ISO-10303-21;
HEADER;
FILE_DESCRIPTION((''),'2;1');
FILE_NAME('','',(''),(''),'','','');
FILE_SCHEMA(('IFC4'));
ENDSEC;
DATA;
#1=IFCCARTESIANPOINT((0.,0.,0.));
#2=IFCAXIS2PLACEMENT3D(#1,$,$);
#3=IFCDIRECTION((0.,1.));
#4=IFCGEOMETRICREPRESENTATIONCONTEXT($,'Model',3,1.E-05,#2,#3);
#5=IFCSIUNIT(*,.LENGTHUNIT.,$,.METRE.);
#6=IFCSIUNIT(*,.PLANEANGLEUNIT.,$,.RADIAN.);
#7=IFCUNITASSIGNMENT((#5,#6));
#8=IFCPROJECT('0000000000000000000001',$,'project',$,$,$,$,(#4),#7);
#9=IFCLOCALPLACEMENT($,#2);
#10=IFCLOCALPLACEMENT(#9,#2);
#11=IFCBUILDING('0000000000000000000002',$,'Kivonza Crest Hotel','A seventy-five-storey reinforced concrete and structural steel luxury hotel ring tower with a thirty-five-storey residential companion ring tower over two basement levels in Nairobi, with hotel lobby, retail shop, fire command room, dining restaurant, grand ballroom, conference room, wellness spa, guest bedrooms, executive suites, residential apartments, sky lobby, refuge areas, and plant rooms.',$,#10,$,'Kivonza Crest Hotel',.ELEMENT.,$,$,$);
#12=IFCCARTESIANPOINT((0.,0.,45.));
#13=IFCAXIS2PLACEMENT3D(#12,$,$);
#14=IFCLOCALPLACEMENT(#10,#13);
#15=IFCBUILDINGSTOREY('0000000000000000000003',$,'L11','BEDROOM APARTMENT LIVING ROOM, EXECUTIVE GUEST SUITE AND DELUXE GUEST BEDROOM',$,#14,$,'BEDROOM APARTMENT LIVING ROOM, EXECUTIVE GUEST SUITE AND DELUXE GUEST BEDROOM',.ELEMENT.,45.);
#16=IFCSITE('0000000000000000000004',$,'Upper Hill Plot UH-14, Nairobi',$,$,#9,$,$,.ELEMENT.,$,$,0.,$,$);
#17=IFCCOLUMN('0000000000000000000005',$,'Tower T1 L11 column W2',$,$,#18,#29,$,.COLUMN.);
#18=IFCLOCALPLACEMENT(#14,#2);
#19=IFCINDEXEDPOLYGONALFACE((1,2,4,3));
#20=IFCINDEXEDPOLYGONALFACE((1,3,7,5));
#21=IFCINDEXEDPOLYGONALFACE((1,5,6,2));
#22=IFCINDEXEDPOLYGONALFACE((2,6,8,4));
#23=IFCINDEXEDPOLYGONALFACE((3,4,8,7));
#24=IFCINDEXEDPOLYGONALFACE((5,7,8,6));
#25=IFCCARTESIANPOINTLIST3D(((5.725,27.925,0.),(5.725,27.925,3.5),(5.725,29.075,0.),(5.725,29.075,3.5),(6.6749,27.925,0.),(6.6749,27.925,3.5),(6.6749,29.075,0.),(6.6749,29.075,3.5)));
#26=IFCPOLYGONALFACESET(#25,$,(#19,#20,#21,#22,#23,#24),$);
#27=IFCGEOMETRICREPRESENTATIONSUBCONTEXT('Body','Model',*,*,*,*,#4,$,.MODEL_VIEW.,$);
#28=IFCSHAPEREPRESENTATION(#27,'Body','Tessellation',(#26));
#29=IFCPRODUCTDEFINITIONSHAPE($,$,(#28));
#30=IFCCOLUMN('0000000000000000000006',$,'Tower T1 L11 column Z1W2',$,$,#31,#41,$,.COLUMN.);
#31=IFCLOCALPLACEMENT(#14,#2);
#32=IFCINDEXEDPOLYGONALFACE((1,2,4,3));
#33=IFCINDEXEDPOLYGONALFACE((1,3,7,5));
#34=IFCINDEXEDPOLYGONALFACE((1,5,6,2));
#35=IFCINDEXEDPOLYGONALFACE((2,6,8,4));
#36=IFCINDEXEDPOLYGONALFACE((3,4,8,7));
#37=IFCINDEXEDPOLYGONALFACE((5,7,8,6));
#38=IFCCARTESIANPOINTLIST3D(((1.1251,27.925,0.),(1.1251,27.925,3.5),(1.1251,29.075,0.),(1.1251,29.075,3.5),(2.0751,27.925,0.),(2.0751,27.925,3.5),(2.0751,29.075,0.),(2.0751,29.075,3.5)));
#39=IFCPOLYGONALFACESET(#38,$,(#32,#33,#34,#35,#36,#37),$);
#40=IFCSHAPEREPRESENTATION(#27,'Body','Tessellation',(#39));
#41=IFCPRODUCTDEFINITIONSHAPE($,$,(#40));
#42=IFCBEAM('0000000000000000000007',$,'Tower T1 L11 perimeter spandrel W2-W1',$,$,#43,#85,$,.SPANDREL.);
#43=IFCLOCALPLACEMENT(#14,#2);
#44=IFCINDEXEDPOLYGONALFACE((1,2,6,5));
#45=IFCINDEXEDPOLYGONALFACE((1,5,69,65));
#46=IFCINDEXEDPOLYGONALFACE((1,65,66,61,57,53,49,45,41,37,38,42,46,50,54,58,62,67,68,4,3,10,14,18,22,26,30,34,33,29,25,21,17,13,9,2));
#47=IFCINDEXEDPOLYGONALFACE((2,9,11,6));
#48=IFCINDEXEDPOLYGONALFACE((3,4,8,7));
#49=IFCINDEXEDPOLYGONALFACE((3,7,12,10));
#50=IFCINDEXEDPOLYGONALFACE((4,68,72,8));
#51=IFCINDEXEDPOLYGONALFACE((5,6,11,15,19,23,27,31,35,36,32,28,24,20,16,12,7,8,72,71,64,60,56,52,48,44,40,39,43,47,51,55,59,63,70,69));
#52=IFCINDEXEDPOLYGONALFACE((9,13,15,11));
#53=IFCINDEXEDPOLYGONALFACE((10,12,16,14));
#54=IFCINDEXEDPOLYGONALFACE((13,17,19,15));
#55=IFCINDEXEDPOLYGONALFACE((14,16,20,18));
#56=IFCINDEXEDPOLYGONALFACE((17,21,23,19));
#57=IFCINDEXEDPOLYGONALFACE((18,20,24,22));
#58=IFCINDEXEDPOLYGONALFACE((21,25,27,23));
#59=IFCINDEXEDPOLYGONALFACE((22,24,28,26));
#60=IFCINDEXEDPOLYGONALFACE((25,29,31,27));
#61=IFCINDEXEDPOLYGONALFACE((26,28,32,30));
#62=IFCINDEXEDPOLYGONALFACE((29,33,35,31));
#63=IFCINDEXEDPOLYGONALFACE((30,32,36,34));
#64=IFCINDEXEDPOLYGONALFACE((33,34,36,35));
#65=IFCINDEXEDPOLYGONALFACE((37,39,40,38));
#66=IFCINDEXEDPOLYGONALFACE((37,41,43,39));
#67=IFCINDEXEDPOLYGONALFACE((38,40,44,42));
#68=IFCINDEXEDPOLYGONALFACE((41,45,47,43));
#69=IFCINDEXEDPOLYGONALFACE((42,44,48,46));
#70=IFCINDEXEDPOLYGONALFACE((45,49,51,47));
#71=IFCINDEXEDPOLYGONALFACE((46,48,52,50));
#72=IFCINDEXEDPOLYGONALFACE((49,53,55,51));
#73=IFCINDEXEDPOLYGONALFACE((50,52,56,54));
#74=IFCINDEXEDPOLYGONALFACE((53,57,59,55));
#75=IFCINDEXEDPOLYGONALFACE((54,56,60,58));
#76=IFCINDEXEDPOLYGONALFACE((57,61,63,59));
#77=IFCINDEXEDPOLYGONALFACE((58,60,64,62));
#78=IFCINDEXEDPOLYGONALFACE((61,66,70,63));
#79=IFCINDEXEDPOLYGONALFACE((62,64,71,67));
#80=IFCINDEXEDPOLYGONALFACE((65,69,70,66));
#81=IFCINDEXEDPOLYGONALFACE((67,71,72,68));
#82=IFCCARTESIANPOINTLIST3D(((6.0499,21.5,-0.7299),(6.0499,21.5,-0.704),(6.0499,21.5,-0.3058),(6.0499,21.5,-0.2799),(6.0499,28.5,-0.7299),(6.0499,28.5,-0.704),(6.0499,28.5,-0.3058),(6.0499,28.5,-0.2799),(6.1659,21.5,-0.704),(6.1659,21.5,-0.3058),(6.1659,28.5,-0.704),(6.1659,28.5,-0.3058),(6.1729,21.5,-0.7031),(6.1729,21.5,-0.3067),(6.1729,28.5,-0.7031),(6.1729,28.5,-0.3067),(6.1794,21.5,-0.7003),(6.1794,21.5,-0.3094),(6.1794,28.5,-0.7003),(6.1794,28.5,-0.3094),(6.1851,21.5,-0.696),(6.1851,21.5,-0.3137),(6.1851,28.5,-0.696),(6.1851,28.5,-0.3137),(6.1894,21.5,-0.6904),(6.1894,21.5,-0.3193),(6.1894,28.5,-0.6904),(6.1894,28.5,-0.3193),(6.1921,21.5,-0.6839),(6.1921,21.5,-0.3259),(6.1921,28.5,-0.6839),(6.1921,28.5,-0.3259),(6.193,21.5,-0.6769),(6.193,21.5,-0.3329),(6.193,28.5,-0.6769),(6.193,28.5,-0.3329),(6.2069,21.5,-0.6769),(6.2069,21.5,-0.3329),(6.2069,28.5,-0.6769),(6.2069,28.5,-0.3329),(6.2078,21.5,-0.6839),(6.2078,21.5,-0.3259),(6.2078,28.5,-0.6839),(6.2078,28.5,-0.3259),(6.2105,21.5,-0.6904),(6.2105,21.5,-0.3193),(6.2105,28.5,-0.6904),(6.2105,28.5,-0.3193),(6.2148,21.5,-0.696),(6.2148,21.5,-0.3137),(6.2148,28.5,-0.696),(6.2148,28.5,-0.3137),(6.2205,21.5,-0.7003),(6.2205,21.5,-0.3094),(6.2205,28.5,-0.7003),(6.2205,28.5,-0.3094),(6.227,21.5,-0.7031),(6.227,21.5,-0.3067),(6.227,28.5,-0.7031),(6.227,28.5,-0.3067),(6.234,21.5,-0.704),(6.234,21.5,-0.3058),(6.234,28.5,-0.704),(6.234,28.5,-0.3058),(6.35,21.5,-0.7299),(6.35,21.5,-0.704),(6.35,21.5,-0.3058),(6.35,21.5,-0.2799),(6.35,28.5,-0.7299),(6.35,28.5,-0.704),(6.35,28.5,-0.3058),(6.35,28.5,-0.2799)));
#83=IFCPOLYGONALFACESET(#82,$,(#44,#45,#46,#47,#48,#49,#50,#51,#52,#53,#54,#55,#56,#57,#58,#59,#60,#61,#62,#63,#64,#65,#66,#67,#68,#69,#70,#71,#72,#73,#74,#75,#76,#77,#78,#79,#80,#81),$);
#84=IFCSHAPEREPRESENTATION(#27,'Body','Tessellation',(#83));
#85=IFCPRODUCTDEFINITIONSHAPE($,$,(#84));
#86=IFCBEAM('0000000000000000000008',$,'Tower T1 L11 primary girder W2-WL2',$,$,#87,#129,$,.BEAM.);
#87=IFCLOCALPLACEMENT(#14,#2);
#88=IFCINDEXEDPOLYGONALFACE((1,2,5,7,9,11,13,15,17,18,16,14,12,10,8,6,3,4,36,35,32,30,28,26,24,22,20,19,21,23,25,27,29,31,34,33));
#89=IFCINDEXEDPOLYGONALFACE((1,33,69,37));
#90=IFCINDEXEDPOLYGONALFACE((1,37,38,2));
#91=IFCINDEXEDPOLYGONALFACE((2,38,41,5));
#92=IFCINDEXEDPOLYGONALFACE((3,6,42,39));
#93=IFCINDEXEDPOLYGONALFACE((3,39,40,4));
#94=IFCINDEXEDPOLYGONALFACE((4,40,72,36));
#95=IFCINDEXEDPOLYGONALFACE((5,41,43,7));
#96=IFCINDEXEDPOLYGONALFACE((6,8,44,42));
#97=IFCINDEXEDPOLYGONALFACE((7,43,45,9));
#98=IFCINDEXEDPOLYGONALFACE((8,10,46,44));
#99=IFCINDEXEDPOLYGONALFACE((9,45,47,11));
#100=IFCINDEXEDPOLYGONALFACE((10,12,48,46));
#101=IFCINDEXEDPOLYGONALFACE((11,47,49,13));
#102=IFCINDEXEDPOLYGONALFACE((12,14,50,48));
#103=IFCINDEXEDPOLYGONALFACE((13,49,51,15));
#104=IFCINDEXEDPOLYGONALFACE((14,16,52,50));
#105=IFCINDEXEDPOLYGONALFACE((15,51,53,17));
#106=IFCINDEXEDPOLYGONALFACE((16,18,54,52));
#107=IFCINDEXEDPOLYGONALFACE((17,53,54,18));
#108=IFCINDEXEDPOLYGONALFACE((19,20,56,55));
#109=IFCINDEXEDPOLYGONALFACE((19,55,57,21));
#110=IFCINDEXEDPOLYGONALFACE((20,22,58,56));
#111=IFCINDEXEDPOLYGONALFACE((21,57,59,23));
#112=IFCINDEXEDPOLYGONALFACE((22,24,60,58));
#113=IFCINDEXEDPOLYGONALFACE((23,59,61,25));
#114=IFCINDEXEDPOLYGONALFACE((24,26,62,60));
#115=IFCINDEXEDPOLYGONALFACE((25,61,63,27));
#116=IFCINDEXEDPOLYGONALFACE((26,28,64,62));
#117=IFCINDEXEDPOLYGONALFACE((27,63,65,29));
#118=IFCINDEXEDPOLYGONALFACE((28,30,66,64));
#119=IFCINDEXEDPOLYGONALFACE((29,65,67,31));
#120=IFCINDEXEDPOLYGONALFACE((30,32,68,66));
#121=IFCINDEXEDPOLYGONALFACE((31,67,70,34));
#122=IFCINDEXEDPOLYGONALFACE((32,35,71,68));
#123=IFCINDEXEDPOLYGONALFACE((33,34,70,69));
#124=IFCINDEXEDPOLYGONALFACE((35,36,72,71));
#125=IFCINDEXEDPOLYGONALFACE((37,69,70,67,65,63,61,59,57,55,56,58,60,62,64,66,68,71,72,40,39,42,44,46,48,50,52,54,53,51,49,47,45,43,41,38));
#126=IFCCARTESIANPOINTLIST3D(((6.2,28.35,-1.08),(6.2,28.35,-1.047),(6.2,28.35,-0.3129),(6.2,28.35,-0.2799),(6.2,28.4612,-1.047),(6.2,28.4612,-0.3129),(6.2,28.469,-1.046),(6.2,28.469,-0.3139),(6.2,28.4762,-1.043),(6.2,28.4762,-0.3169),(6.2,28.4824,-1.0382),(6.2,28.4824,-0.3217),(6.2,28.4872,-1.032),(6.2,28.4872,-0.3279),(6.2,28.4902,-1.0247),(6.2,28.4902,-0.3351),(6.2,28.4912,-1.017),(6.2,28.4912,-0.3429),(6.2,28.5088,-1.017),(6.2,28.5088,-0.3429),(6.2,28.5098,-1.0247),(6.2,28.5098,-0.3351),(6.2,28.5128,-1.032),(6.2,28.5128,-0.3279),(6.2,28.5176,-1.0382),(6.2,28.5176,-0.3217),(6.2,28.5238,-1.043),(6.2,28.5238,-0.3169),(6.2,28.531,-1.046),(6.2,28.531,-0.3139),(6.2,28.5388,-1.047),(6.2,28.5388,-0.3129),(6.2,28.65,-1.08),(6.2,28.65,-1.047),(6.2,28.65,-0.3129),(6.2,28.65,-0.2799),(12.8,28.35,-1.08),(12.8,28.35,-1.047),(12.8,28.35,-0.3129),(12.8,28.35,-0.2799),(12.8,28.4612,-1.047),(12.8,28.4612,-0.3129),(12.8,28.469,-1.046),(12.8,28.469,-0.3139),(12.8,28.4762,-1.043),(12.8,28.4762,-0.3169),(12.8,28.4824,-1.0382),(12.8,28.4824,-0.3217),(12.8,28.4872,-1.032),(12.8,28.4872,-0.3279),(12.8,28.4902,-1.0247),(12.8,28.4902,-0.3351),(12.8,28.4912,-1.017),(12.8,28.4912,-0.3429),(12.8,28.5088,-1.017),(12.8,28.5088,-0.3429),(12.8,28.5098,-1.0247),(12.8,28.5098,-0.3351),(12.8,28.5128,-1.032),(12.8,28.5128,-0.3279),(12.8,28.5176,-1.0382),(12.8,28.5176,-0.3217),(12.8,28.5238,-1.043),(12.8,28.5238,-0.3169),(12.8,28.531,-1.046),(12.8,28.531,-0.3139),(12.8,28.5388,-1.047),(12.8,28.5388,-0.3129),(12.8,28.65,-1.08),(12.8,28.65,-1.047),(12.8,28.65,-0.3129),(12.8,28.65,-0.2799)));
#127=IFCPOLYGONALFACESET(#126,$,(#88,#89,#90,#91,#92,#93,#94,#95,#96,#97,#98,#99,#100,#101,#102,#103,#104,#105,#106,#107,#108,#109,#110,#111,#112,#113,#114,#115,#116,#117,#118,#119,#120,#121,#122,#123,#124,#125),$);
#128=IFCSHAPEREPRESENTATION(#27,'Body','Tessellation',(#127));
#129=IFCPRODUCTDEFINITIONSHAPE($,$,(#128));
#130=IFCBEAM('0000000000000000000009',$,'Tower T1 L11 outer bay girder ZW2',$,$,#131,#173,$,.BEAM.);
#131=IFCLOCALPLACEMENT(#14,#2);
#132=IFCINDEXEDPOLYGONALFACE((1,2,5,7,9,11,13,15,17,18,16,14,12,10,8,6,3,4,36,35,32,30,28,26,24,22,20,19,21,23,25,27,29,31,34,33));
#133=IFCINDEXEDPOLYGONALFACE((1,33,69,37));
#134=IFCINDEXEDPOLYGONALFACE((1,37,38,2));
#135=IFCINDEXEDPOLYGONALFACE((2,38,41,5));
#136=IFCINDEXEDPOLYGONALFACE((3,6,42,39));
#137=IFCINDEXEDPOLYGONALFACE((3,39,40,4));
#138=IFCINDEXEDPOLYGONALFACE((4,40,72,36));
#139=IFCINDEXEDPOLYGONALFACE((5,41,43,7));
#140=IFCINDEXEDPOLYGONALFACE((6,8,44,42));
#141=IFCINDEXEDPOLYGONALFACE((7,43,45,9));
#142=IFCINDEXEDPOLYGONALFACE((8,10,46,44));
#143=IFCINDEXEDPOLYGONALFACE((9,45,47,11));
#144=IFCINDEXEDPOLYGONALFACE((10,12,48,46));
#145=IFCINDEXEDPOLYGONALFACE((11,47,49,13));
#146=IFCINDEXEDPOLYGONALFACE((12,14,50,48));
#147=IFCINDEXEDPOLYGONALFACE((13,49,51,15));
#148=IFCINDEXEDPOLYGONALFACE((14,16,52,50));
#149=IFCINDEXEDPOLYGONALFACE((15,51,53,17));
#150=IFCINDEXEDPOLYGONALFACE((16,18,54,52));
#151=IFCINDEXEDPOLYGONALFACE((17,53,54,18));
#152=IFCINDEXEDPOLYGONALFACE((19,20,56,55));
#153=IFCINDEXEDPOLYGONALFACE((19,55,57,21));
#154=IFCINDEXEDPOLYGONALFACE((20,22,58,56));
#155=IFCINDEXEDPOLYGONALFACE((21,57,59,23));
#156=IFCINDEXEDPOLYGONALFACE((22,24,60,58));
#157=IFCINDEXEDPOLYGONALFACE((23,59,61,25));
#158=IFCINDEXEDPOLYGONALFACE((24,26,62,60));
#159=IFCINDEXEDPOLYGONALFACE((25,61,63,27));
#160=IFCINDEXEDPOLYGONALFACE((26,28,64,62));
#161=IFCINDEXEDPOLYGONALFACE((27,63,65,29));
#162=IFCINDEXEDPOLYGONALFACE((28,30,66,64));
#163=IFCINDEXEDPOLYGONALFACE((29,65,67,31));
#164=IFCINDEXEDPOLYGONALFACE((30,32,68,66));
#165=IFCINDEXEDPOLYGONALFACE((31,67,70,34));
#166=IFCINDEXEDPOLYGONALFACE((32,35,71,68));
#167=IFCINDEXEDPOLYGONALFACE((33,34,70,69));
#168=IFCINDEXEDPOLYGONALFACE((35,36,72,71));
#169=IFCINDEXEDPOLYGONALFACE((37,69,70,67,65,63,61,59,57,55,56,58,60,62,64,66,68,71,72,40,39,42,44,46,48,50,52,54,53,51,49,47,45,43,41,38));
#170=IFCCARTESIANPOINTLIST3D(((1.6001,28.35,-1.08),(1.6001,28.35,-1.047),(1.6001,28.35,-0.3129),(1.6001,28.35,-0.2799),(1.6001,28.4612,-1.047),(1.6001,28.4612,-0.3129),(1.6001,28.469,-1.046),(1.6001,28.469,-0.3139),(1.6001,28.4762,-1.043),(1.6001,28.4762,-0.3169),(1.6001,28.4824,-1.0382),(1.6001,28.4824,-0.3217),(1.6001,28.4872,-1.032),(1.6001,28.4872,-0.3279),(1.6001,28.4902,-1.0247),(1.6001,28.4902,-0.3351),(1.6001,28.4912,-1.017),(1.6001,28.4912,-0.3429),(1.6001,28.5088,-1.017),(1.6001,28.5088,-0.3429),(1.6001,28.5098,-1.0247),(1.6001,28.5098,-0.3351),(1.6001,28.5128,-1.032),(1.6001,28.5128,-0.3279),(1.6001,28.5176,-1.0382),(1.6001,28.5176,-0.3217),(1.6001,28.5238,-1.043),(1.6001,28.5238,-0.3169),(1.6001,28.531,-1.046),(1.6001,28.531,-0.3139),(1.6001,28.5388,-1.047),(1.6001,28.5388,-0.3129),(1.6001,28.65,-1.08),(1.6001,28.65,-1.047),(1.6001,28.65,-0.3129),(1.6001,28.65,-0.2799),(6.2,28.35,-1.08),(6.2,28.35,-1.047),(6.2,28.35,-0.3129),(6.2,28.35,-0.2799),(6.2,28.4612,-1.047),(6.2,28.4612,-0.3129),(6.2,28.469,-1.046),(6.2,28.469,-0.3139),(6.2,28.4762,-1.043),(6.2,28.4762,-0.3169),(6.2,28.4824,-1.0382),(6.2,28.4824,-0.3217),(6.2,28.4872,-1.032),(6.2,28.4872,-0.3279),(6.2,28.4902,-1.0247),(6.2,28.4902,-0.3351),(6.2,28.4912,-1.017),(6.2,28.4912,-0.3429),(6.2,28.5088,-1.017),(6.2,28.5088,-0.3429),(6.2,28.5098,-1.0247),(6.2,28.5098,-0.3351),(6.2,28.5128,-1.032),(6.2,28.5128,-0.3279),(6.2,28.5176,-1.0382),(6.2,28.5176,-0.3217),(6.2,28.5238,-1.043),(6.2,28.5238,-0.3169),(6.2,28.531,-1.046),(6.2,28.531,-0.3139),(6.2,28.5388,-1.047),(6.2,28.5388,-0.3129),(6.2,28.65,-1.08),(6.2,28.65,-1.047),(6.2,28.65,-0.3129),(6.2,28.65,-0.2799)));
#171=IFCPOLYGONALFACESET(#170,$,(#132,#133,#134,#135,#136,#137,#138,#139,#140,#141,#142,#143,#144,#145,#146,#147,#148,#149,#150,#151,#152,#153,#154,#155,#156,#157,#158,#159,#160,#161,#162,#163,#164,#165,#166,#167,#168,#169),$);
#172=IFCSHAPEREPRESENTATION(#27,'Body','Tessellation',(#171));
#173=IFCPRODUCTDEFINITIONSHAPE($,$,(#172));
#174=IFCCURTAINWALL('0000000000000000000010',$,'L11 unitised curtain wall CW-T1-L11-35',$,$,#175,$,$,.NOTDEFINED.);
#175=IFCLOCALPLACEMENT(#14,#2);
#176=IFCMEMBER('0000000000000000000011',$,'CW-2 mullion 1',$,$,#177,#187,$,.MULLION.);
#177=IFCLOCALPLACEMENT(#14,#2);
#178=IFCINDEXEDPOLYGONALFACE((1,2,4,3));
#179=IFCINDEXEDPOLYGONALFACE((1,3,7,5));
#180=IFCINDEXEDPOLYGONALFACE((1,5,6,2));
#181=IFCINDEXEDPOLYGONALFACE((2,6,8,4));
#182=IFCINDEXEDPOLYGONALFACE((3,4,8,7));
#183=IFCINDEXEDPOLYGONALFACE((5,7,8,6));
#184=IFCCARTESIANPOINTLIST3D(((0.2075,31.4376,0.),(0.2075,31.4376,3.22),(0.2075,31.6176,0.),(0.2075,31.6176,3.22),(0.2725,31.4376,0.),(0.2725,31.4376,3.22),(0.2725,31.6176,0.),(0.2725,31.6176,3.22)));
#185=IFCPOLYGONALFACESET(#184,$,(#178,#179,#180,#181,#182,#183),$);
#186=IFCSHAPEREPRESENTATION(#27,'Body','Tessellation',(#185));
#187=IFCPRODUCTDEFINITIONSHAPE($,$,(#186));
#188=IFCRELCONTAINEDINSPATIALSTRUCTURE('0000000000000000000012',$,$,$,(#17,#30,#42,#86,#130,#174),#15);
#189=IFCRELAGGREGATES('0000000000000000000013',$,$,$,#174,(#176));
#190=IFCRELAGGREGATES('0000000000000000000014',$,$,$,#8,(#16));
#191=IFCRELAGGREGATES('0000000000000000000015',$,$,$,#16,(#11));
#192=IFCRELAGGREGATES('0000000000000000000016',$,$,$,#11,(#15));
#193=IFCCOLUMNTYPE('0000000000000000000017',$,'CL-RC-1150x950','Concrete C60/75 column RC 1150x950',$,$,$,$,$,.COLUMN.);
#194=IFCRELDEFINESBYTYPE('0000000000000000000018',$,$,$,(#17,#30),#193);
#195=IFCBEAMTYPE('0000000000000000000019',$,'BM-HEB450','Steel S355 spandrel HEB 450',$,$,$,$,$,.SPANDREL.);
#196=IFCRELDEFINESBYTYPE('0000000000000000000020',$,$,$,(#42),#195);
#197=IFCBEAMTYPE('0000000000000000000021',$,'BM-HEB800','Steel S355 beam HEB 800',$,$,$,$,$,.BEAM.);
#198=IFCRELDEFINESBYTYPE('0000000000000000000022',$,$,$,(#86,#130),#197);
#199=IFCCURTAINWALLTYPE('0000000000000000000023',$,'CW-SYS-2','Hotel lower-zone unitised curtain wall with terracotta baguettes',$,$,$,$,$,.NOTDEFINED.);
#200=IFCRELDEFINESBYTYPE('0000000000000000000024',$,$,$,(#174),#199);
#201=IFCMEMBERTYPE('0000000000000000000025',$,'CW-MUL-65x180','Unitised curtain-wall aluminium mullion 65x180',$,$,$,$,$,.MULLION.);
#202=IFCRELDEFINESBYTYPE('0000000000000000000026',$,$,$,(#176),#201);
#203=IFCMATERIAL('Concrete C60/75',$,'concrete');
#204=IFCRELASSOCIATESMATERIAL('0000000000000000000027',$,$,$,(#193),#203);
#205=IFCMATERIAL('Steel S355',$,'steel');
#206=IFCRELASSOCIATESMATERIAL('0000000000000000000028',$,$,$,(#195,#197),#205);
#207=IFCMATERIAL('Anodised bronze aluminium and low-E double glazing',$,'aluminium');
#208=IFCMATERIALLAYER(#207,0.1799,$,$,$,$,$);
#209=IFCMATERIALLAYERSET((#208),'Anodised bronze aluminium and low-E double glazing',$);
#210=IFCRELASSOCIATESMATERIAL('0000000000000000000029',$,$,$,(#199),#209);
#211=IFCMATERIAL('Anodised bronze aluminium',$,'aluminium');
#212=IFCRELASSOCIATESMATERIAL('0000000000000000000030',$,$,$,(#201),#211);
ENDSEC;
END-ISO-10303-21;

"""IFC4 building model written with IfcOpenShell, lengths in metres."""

from ifc_helpers import new_model, si_unit, direction, frame, origin, origin_2d, place, context, subcontext, project, spatial, rectangle, i_section, extrude, material, layer, layer_set, material_profile, profile_set, type_object, element, aggregate, save


model = new_model("IFC4")

# Units and contexts
model_context = context("Model", 3, precision=1e-05, world=origin(), true_north=direction((0.0, 1.0)))
body_context = subcontext(model_context, "Body", "Model", "MODEL_VIEW")
ifc_project = project(units=[si_unit("LENGTHUNIT", "METRE"), si_unit("PLANEANGLEUNIT", "RADIAN")], contexts=[model_context])

# Site, building, storey
site_placement = place(None, origin())
site = spatial("IfcSite", under=ifc_project, at=site_placement, Name="Upper Hill Plot UH-14, Nairobi", CompositionType="ELEMENT", RefElevation=0.0)
building_placement = place(site_placement, origin())
building = spatial("IfcBuilding", under=site, at=building_placement, Name="Kivonza Crest Hotel", Description="A seventy-five-storey reinforced concrete and structural steel luxury hotel ring tower with a thirty-five-storey residential companion ring tower over two basement levels in Nairobi, with hotel lobby, retail shop, fire command room, dining restaurant, grand ballroom, conference room, wellness spa, guest bedrooms, executive suites, residential apartments, sky lobby, refuge areas, and plant rooms.", LongName="Kivonza Crest Hotel", CompositionType="ELEMENT")
storey_placement = place(building_placement, frame((0.0, 0.0, 45.0)))
storey = spatial("IfcBuildingStorey", under=building, at=storey_placement, Name="L11", Description="BEDROOM APARTMENT LIVING ROOM, EXECUTIVE GUEST SUITE AND DELUXE GUEST BEDROOM", LongName="BEDROOM APARTMENT LIVING ROOM, EXECUTIVE GUEST SUITE AND DELUXE GUEST BEDROOM", CompositionType="ELEMENT", Elevation=45.0)

# Columns
ifc_material_1 = material(Name="Concrete C60/75", Category="concrete")
ifc_material_profile_1 = material_profile(ifc_material_1, rectangle(XDim=0.95, YDim=1.1499, at=origin_2d()), Name="RC 1150x950")
ifc_profile_set_1 = profile_set([ifc_material_profile_1], Name="Concrete C60/75")
column_type = type_object("IfcColumnType", Name="CL-RC-1150x950", Description="Concrete C60/75 column RC 1150x950", PredefinedType="COLUMN", material=ifc_profile_set_1)
for number, where, z_axis, x_axis, name in (
    (1, (6.2, 28.5, 0.0), (0.0, 0.0, 1.0), (1.0, 0.0, 0.0), "Tower T1 L11 column W2"),
    (2, (1.6001, 28.5, 0.0), (0.0, 0.0, 1.0), (1.0, 0.0, 0.0), "Tower T1 L11 column Z1W2"),
):
    element("IfcColumn", number, at=place(storey_placement, frame(where, z_axis=z_axis, x_axis=x_axis)), inside=storey, type_object=column_type, Name=name, PredefinedType="COLUMN", context=body_context, shape_type="SweptSolid", body=[
        extrude(rectangle(XDim=0.95, YDim=1.1499, at=origin_2d()), origin(), (0.0, 0.0, 1.0), 3.5),
    ])

# Beams
ifc_material_2 = material(Name="Steel S355", Category="steel")
ifc_material_profile_2 = material_profile(ifc_material_2, i_section(OverallWidth=0.3, OverallDepth=0.45, WebThickness=0.0139, FlangeThickness=0.0259, FilletRadius=0.0271, at=origin_2d()), Name="HEB 450")
ifc_profile_set_2 = profile_set([ifc_material_profile_2], Name="Steel S355")
beam_type_1 = type_object("IfcBeamType", Name="BM-HEB450", Description="Steel S355 spandrel HEB 450", PredefinedType="SPANDREL", material=ifc_profile_set_2)
beam_1_placement = place(storey_placement, frame((6.2, 28.5, -0.5049), z_axis=(0.0, -1.0, 0.0), x_axis=(1.0, 0.0, 0.0)))
element("IfcBeam", 3, at=beam_1_placement, inside=storey, type_object=beam_type_1, Name="Tower T1 L11 perimeter spandrel W2-W1", PredefinedType="SPANDREL", context=body_context, shape_type="SweptSolid", body=[
    extrude(i_section(OverallWidth=0.3, OverallDepth=0.45, WebThickness=0.0139, FlangeThickness=0.0259, FilletRadius=0.0271, at=origin_2d()), origin(), (0.0, 0.0, 1.0), 7.0),
])
ifc_material_profile_3 = material_profile(ifc_material_2, i_section(OverallWidth=0.3, OverallDepth=0.8, WebThickness=0.0176, FlangeThickness=0.033, FilletRadius=0.03, at=origin_2d()), Name="HEB 800")
ifc_profile_set_3 = profile_set([ifc_material_profile_3], Name="Steel S355")
beam_type_2 = type_object("IfcBeamType", Name="BM-HEB800", Description="Steel S355 beam HEB 800", PredefinedType="BEAM", material=ifc_profile_set_3)
beam_2_placement = place(storey_placement, frame((6.2, 28.5, -0.6799), z_axis=(1.0, 0.0, 0.0), x_axis=(0.0, 1.0, 0.0)))
element("IfcBeam", 4, at=beam_2_placement, inside=storey, type_object=beam_type_2, Name="Tower T1 L11 primary girder W2-WL2", PredefinedType="BEAM", context=body_context, shape_type="SweptSolid", body=[
    extrude(i_section(OverallWidth=0.3, OverallDepth=0.8, WebThickness=0.0176, FlangeThickness=0.033, FilletRadius=0.03, at=origin_2d()), origin(), (0.0, 0.0, 1.0), 6.6001),
])
beam_3_placement = place(storey_placement, frame((1.6001, 28.5, -0.6799), z_axis=(1.0, 0.0, 0.0), x_axis=(0.0, 1.0, 0.0)))
element("IfcBeam", 5, at=beam_3_placement, inside=storey, type_object=beam_type_2, Name="Tower T1 L11 outer bay girder ZW2", PredefinedType="BEAM", context=body_context, shape_type="SweptSolid", body=[
    extrude(i_section(OverallWidth=0.3, OverallDepth=0.8, WebThickness=0.0176, FlangeThickness=0.033, FilletRadius=0.03, at=origin_2d()), origin(), (0.0, 0.0, 1.0), 4.5999),
])

# Curtain wall, member
ifc_material_3 = material(Name="Anodised bronze aluminium and low-E double glazing", Category="aluminium")
ifc_layer_1 = layer(ifc_material_3, 0.1799)
ifc_layer_set_1 = layer_set([ifc_layer_1], Name="Anodised bronze aluminium and low-E double glazing")
curtain_wall_type = type_object("IfcCurtainWallType", Name="CW-SYS-2", Description="Hotel lower-zone unitised curtain wall with terracotta baguettes", PredefinedType="NOTDEFINED", material=ifc_layer_set_1)
curtain_wall_placement = place(storey_placement, origin())
curtain_wall = element("IfcCurtainWall", 6, at=curtain_wall_placement, inside=storey, type_object=curtain_wall_type, Name="L11 unitised curtain wall CW-T1-L11-35", PredefinedType="NOTDEFINED")
ifc_material_4 = material(Name="Anodised bronze aluminium", Category="aluminium")
ifc_material_profile_4 = material_profile(ifc_material_4, rectangle(XDim=0.0649, YDim=0.1799, at=origin_2d()), Name="CW-M 65x180")
ifc_profile_set_4 = profile_set([ifc_material_profile_4], Name="Anodised bronze aluminium")
member_type_1 = type_object("IfcMemberType", Name="CW-MUL-65x180", Description="Unitised curtain-wall aluminium mullion 65x180", PredefinedType="MULLION", material=ifc_profile_set_4)
member_1_placement = place(storey_placement, frame((0.24, 31.5276, 0.0), z_axis=(0.0, 0.0, 1.0), x_axis=(1.0, 0.0, 0.0)))
member_1 = element("IfcMember", 7, at=member_1_placement, type_object=member_type_1, Name="CW-2 mullion 1", PredefinedType="MULLION", context=body_context, shape_type="SweptSolid", body=[
    extrude(rectangle(XDim=0.0649, YDim=0.1799, at=origin_2d()), origin(), (0.0, 0.0, 1.0), 3.22),
])
aggregate(curtain_wall, [member_1])

save(model, "model.ifc")
